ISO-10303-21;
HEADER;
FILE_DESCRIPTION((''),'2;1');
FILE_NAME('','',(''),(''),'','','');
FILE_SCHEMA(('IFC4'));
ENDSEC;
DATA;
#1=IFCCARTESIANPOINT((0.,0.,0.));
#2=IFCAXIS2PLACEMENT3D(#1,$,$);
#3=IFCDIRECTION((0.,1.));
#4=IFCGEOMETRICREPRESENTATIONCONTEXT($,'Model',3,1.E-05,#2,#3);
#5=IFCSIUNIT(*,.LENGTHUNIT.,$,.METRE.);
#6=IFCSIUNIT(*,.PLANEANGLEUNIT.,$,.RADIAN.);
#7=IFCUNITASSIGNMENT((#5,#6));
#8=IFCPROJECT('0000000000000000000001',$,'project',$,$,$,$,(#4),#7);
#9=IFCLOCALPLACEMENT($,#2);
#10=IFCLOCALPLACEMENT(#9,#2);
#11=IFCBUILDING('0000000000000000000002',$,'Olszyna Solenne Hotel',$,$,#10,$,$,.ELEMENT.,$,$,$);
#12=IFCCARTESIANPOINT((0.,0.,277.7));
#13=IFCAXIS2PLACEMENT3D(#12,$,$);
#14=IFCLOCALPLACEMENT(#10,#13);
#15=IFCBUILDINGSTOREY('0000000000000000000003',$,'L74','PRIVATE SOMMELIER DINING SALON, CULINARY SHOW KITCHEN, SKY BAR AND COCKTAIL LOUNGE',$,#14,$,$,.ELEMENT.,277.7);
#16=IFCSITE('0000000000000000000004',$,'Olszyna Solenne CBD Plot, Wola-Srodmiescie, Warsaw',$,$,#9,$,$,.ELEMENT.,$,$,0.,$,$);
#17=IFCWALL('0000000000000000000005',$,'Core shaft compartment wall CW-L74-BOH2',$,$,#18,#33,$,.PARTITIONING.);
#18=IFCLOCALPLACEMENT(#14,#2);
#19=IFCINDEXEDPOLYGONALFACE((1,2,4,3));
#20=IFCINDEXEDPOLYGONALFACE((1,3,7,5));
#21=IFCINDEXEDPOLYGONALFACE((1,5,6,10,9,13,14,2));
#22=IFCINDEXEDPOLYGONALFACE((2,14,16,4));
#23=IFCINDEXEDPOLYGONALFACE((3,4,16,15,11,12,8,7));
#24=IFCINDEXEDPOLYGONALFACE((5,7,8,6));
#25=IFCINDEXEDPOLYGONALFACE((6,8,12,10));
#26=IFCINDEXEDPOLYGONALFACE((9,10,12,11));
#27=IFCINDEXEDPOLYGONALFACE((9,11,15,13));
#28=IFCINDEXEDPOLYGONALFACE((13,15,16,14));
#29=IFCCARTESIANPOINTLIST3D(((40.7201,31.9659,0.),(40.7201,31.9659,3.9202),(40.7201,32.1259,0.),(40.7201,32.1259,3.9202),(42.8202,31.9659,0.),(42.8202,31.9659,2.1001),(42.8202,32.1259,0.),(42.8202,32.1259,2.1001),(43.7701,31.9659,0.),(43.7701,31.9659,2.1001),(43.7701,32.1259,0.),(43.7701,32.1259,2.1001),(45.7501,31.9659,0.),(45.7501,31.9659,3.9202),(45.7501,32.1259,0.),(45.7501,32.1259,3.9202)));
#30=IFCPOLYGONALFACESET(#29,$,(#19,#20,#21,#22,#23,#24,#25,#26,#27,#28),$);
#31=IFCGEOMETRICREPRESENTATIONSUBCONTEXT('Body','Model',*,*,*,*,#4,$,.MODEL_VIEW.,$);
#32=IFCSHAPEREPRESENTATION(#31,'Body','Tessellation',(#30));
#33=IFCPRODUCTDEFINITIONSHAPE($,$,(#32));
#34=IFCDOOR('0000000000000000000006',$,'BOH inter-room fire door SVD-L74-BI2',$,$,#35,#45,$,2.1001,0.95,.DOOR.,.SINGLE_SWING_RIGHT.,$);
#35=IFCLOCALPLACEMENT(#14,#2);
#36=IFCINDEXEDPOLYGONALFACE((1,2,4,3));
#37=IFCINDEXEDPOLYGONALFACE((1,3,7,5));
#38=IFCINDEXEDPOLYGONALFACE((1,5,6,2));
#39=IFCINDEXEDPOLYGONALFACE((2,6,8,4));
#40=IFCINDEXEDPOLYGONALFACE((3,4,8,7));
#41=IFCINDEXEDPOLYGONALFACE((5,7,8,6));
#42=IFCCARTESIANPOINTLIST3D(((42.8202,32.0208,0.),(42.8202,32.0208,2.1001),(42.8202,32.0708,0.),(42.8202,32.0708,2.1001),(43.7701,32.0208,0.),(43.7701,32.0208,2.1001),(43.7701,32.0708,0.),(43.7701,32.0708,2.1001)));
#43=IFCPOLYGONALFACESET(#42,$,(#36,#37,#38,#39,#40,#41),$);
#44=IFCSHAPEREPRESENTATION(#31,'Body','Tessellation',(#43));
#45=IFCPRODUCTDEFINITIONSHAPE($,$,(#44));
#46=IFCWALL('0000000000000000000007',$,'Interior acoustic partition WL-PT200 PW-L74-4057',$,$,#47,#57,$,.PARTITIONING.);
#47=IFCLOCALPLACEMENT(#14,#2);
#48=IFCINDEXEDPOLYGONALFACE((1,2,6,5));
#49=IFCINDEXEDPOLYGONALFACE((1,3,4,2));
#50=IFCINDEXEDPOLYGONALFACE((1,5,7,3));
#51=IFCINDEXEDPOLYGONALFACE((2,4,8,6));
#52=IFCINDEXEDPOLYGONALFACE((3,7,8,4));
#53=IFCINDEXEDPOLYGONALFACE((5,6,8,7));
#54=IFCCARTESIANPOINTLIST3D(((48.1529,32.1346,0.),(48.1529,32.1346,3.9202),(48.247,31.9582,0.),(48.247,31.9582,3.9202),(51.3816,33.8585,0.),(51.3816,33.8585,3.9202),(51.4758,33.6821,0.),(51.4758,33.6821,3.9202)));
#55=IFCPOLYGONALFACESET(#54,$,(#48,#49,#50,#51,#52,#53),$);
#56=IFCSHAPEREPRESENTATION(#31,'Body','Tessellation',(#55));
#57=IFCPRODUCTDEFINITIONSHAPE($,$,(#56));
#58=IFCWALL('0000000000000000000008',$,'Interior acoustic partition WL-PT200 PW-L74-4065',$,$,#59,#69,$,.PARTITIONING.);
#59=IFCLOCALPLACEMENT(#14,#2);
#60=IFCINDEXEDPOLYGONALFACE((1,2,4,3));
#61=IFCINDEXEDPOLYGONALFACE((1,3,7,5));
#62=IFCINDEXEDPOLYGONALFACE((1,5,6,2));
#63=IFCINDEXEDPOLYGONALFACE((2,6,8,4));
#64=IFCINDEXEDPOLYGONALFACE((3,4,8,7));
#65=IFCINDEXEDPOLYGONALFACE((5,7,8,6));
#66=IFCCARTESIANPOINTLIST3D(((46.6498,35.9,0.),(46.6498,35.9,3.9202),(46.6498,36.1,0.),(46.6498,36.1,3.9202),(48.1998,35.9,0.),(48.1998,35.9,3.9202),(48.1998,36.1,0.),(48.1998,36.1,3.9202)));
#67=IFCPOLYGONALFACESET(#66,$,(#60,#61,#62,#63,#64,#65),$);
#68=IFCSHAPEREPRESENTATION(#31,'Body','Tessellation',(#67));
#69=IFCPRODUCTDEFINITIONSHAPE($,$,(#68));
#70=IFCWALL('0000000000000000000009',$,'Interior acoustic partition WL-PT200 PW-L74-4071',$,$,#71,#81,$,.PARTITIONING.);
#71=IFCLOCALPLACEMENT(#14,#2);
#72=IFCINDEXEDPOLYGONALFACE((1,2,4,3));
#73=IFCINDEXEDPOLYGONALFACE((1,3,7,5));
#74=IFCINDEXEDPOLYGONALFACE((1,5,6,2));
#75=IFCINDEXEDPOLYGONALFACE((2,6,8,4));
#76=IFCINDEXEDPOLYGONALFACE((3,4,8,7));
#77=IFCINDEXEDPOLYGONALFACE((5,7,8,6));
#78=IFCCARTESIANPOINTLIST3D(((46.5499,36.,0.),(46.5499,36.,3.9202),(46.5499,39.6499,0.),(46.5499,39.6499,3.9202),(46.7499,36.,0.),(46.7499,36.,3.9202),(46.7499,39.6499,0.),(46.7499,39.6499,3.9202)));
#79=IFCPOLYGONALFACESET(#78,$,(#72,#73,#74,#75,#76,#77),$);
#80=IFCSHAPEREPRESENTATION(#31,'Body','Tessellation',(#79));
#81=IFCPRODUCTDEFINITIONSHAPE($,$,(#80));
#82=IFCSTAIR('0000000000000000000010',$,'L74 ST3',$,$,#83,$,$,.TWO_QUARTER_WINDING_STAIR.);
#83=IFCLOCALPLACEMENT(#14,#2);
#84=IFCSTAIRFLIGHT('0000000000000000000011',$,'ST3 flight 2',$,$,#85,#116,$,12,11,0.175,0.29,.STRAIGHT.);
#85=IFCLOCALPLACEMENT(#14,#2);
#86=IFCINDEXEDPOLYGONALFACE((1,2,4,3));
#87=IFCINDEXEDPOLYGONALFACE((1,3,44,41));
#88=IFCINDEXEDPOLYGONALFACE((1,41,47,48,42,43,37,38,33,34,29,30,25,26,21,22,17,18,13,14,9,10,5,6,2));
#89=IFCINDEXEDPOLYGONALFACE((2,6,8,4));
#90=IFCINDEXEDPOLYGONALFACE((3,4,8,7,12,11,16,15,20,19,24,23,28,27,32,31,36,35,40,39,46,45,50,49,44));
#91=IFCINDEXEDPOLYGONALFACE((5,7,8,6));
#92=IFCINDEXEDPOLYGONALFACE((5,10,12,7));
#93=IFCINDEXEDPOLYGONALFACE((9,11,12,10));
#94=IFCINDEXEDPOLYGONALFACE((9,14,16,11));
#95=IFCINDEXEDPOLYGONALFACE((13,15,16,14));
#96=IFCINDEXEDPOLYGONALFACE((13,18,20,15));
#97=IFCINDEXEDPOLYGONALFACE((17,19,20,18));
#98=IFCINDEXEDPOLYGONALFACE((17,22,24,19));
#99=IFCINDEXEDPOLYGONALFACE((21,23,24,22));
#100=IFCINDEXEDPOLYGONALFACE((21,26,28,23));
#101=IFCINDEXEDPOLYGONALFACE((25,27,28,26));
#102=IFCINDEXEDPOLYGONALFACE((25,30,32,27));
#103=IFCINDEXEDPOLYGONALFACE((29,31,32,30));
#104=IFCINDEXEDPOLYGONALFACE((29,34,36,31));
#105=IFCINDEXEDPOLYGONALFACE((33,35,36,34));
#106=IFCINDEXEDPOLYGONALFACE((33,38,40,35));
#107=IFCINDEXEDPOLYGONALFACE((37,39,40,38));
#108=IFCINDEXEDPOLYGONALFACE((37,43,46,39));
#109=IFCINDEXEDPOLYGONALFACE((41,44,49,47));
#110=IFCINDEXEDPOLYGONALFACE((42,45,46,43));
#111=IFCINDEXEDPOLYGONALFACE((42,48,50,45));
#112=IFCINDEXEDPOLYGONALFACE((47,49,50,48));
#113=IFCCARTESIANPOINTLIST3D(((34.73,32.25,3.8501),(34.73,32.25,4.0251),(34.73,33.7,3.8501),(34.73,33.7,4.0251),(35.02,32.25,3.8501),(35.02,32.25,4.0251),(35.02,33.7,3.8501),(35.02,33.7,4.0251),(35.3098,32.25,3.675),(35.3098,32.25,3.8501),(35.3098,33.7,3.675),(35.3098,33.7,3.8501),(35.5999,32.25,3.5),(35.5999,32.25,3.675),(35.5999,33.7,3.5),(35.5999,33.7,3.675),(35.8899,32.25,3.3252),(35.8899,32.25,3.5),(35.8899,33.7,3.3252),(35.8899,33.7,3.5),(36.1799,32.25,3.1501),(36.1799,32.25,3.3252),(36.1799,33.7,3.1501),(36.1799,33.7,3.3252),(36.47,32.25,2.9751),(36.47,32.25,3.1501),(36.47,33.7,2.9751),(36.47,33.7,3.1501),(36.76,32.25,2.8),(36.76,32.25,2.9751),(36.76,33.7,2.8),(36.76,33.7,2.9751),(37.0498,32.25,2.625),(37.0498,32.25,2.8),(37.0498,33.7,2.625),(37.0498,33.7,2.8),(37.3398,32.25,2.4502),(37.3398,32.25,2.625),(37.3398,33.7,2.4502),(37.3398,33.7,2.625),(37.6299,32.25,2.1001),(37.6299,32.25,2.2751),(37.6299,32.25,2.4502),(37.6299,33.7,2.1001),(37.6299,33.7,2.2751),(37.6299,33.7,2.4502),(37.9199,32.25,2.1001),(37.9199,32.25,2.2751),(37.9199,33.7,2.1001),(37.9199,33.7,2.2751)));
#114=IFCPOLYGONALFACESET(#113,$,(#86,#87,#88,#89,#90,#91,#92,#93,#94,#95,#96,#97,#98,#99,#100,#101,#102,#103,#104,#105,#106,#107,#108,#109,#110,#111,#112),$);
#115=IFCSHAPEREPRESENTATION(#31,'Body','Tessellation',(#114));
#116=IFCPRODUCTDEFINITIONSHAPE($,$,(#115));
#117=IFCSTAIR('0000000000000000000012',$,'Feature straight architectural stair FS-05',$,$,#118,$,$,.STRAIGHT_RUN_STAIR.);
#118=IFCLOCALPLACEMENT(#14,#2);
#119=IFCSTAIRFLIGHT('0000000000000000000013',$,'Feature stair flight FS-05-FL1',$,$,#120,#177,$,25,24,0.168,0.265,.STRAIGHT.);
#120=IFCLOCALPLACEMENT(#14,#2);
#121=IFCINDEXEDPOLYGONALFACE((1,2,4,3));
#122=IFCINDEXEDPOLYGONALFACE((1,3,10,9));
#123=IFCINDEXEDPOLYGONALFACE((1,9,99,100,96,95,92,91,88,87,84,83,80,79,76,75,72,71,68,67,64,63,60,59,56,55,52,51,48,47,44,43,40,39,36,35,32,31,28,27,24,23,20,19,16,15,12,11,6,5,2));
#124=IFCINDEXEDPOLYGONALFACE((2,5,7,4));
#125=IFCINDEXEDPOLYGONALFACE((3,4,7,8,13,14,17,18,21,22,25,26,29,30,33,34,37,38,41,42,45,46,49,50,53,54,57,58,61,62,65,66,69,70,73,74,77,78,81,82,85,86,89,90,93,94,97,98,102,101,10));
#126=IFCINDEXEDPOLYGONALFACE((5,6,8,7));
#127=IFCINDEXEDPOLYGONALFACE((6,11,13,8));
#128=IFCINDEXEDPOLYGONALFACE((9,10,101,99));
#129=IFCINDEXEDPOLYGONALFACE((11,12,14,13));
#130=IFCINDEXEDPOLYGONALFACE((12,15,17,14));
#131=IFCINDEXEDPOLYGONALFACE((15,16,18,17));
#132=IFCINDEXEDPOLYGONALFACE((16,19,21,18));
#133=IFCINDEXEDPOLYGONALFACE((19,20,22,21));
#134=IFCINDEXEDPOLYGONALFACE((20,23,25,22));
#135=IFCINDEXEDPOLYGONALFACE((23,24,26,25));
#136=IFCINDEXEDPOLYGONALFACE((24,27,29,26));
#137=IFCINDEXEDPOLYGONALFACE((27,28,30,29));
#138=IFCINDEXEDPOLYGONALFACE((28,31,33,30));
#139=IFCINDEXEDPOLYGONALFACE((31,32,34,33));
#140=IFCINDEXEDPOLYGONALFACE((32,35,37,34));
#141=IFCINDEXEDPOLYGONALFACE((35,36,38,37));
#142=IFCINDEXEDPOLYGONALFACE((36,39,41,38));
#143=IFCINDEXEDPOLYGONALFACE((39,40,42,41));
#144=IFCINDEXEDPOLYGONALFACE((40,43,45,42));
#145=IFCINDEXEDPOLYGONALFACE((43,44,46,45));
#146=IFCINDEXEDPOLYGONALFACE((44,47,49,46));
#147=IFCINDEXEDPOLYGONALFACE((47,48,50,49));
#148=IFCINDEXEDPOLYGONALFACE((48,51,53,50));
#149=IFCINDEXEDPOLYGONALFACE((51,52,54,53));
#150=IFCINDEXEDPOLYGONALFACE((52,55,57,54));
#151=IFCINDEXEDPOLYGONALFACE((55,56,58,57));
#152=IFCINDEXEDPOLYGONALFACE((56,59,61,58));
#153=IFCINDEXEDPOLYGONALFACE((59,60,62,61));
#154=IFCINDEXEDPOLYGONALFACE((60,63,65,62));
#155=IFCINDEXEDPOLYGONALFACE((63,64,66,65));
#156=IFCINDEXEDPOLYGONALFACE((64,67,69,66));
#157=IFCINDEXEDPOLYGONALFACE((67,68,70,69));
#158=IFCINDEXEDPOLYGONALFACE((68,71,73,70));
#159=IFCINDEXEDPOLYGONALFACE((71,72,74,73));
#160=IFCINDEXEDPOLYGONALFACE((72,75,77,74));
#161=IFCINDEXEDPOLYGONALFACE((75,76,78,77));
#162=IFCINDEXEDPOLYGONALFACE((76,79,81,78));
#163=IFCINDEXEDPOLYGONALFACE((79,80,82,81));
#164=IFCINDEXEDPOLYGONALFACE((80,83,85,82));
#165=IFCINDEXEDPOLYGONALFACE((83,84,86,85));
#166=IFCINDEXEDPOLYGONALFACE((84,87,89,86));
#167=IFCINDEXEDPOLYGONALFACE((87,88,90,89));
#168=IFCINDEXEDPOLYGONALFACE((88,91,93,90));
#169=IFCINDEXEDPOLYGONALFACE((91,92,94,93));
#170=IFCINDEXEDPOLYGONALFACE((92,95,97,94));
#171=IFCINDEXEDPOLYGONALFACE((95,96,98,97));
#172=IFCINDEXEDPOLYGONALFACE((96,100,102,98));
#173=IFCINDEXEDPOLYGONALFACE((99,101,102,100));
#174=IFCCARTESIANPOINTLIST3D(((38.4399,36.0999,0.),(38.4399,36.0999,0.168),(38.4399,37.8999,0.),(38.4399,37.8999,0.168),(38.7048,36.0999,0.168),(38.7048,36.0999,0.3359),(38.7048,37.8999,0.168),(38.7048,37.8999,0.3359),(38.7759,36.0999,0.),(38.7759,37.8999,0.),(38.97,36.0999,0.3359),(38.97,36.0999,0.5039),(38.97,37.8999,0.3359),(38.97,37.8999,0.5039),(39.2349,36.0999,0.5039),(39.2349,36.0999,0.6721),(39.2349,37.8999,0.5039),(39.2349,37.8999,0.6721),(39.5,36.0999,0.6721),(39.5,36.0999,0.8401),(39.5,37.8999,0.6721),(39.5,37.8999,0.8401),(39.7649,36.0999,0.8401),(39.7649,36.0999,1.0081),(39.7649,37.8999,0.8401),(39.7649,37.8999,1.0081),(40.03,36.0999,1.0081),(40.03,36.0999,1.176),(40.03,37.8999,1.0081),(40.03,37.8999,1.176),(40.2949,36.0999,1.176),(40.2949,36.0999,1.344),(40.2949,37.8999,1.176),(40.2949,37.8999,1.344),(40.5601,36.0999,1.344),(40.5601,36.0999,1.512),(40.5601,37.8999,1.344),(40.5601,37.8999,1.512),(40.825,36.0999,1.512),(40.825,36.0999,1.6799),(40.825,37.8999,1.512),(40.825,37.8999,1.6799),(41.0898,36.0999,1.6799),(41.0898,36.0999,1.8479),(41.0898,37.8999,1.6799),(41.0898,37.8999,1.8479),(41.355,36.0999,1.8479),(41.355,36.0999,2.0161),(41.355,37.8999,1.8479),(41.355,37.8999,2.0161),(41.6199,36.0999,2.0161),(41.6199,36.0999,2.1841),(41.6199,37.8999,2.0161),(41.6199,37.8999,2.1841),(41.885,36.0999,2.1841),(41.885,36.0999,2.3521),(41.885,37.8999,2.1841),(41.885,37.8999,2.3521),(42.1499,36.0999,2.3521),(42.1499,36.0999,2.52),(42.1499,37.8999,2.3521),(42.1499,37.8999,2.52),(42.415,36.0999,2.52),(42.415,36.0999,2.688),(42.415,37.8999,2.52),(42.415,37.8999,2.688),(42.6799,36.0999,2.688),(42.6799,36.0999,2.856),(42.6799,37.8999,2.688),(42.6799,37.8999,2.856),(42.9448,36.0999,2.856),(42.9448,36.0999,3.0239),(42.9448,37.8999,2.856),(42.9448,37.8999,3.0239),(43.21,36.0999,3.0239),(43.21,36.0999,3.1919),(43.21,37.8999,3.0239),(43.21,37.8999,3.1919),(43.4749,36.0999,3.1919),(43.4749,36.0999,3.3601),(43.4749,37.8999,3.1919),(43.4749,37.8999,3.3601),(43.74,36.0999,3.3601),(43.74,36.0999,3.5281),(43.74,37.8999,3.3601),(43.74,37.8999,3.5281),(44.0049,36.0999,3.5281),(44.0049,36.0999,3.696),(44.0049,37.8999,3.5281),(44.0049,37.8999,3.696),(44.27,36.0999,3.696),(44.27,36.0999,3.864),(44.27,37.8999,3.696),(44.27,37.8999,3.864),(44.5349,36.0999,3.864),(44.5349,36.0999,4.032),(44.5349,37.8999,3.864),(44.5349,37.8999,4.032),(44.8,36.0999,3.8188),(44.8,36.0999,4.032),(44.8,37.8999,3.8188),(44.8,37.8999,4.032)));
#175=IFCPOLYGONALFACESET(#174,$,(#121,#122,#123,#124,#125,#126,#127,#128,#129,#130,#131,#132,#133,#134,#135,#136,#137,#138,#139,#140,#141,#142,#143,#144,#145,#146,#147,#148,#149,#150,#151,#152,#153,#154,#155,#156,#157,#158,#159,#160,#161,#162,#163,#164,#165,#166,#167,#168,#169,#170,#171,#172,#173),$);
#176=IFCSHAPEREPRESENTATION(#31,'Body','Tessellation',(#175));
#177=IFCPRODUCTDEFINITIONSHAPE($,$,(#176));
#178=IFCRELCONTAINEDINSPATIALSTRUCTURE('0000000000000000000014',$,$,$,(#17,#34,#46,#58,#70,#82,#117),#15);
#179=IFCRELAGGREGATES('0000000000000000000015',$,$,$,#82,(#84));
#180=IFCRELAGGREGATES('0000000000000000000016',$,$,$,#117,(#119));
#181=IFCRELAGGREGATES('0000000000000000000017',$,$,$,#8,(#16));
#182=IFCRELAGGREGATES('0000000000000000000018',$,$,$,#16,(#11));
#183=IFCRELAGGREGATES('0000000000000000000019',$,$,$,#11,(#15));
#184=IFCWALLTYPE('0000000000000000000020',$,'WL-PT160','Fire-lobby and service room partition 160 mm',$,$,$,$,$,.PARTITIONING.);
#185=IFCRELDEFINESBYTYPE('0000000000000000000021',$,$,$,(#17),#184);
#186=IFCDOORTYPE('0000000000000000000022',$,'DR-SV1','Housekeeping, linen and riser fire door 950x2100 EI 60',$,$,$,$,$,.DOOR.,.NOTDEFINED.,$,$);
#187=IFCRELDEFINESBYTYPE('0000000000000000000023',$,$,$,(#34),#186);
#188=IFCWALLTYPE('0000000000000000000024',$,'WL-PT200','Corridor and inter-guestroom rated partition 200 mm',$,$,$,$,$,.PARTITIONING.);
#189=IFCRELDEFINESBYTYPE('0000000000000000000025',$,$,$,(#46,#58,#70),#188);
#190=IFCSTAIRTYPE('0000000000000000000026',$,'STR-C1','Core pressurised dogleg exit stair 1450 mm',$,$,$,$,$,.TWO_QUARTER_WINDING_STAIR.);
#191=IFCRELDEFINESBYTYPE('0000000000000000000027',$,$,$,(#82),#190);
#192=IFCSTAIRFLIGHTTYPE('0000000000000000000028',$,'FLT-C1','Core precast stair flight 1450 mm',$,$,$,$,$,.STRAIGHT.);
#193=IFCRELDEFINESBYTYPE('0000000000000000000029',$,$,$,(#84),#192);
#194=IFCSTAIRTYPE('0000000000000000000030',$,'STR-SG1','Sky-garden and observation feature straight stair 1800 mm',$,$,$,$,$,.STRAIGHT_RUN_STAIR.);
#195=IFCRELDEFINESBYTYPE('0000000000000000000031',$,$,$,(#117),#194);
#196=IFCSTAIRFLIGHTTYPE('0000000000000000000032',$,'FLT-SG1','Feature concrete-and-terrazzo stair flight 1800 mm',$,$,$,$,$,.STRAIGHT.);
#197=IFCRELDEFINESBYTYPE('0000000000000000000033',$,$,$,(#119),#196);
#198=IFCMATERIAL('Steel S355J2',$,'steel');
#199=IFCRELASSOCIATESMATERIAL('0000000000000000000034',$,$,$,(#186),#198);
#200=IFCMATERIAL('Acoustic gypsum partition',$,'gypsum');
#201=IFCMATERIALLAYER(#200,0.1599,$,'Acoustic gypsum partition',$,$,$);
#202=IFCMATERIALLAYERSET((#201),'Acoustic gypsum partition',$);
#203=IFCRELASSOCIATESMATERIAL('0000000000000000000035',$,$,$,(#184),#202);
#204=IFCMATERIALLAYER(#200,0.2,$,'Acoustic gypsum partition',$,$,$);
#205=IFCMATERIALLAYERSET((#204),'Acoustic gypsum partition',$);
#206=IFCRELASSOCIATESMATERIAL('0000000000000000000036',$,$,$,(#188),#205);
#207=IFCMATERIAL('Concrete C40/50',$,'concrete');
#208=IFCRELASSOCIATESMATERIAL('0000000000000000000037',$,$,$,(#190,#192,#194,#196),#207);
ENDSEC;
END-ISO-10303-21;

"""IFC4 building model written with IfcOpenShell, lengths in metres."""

from ifc_helpers import new_model, si_unit, direction, frame, frame_2d, origin, place, context, subcontext, project, spatial, polyline, rectangle, outline, extrude, source, transform, mapped, material, layer, layer_set, type_object, type_shapes, element, fill, aggregate, save


model = new_model("IFC4")

# Units and contexts
model_context = context("Model", 3, precision=1e-05, world=origin(), true_north=direction((0.0, 1.0)))
body_context = subcontext(model_context, "Body", "Model", "MODEL_VIEW")
ifc_project = project(units=[si_unit("LENGTHUNIT", "METRE"), si_unit("PLANEANGLEUNIT", "RADIAN")], contexts=[model_context])

# Site, building, storey
site_placement = place(None, origin())
site = spatial("IfcSite", under=ifc_project, at=site_placement, Name="Olszyna Solenne CBD Plot, Wola-Srodmiescie, Warsaw", CompositionType="ELEMENT", RefElevation=0.0)
building_placement = place(site_placement, origin())
building = spatial("IfcBuilding", under=site, at=building_placement, Name="Olszyna Solenne Hotel", CompositionType="ELEMENT")
storey_placement = place(building_placement, frame((0.0, 0.0, 277.7)))
storey = spatial("IfcBuildingStorey", under=building, at=storey_placement, Name="L74", Description="PRIVATE SOMMELIER DINING SALON, CULINARY SHOW KITCHEN, SKY BAR AND COCKTAIL LOUNGE", CompositionType="ELEMENT", Elevation=277.7)

# Shared definitions
ifc_material_1 = material(Name="Steel S355J2", Category="steel")

# Shared definitions
door_type_1 = type_object("IfcDoorType", Name="DR-SV1", Description="Housekeeping, linen and riser fire door 950x2100 EI 60", OperationType="NOTDEFINED", PredefinedType="DOOR", material=ifc_material_1)
shared_shape_1 = source(origin(), body_context, "Body", "SweptSolid", [
    extrude(rectangle(XDim=0.95, YDim=2.1001, at=frame_2d((0.4751, 1.05))), frame((0.0, 0.0249, 0.0), z_axis=(0.0, -1.0, 0.0), x_axis=(1.0, 0.0, 0.0)), (0.0, 0.0, 1.0), 0.05),
])
type_shapes(door_type_1, [shared_shape_1])

# Shared definitions
ifc_material_2 = material(Name="Acoustic gypsum partition", Category="gypsum")
ifc_layer_1 = layer(ifc_material_2, 0.1599, Name="Acoustic gypsum partition")
ifc_layer_set_1 = layer_set([ifc_layer_1], Name="Acoustic gypsum partition")
wall_type_1 = type_object("IfcWallType", Name="WL-PT160", Description="Fire-lobby and service room partition 160 mm", PredefinedType="PARTITIONING", material=ifc_layer_set_1)

# Wall, opening, door
wall_1_placement = place(storey_placement, frame((40.72, 32.0459, 0.0), z_axis=(0.0, 0.0, 1.0), x_axis=(1.0, 0.0, 0.0)))
wall_1 = element("IfcWall", 1, at=wall_1_placement, inside=storey, type_object=wall_type_1, Name="Core shaft compartment wall CW-L74-BOH2", PredefinedType="PARTITIONING", context=body_context, shape_type="SweptSolid", body=[
    extrude(rectangle(XDim=5.03, YDim=0.1599, at=frame_2d((2.5151, 0.0))), origin(), (0.0, 0.0, 1.0), 3.9202),
])
opening_1_placement = place(wall_1_placement, frame((2.1001, 0.0, 0.0)))
opening_1 = element("IfcOpeningElement", 2, at=opening_1_placement, cuts=wall_1, PredefinedType="OPENING", context=body_context, shape_type="SweptSolid", body=[
    extrude(rectangle(XDim=0.95, YDim=2.1001, at=frame_2d((0.4751, 1.05))), frame((0.0, 0.0898, 0.0), z_axis=(0.0, -1.0, 0.0), x_axis=(1.0, 0.0, 0.0)), (0.0, 0.0, 1.0), 0.1799),
])
door_1_placement = place(opening_1_placement, origin())
door_1 = element("IfcDoor", 3, at=door_1_placement, inside=storey, type_object=door_type_1, Name="BOH inter-room fire door SVD-L74-BI2", OperationType="SINGLE_SWING_RIGHT", OverallHeight=2.1001, OverallWidth=0.95, PredefinedType="DOOR", context=body_context, shape_type="MappedRepresentation", body=[
    mapped(shared_shape_1, transform((0.0, 0.0, 0.0), x_axis=(1.0, 0.0, 0.0), y_axis=(0.0, 1.0, 0.0), z_axis=(0.0, 0.0, 1.0), scale=1.0)),
])
fill(opening_1, door_1)

# Walls
ifc_layer_2 = layer(ifc_material_2, 0.2, Name="Acoustic gypsum partition")
ifc_layer_set_2 = layer_set([ifc_layer_2], Name="Acoustic gypsum partition")
wall_type_2 = type_object("IfcWallType", Name="WL-PT200", Description="Corridor and inter-guestroom rated partition 200 mm", PredefinedType="PARTITIONING", material=ifc_layer_set_2)
wall_2_placement = place(storey_placement, frame((48.2, 32.0464, 0.0), z_axis=(0.0, 0.0, 1.0), x_axis=(0.882141, 0.470986, 0.0)))
element("IfcWall", 4, at=wall_2_placement, inside=storey, type_object=wall_type_2, Name="Interior acoustic partition WL-PT200 PW-L74-4057", PredefinedType="PARTITIONING", context=body_context, shape_type="SweptSolid", body=[
    extrude(rectangle(XDim=3.6602, YDim=0.2, at=frame_2d((1.8301, 0.0))), origin(), (0.0, 0.0, 1.0), 3.9202),
])
wall_3_placement = place(storey_placement, frame((46.6499, 36.0, 0.0), z_axis=(0.0, 0.0, 1.0), x_axis=(1.0, 0.0, 0.0)))
element("IfcWall", 5, at=wall_3_placement, inside=storey, type_object=wall_type_2, Name="Interior acoustic partition WL-PT200 PW-L74-4065", PredefinedType="PARTITIONING", context=body_context, shape_type="SweptSolid", body=[
    extrude(rectangle(XDim=1.55, YDim=0.2, at=frame_2d((0.7749, 0.0))), origin(), (0.0, 0.0, 1.0), 3.9202),
])
wall_4_placement = place(storey_placement, frame((46.6499, 36.0, 0.0), z_axis=(0.0, 0.0, 1.0), x_axis=(0.0, 1.0, 0.0)))
element("IfcWall", 6, at=wall_4_placement, inside=storey, type_object=wall_type_2, Name="Interior acoustic partition WL-PT200 PW-L74-4071", PredefinedType="PARTITIONING", context=body_context, shape_type="SweptSolid", body=[
    extrude(rectangle(XDim=3.6499, YDim=0.2, at=frame_2d((1.825, 0.0))), origin(), (0.0, 0.0, 1.0), 3.9202),
])

# Stairs, stair flights
ifc_material_3 = material(Name="Concrete C40/50", Category="concrete")
stair_type_1 = type_object("IfcStairType", Name="STR-C1", Description="Core pressurised dogleg exit stair 1450 mm", PredefinedType="TWO_QUARTER_WINDING_STAIR", material=ifc_material_3)
stair_1_placement = place(storey_placement, origin())
stair_1 = element("IfcStair", 7, at=stair_1_placement, inside=storey, type_object=stair_type_1, Name="L74 ST3", PredefinedType="TWO_QUARTER_WINDING_STAIR")
stair_flight_type_1 = type_object("IfcStairFlightType", Name="FLT-C1", Description="Core precast stair flight 1450 mm", PredefinedType="STRAIGHT", material=ifc_material_3)
stair_flight_1_placement = place(storey_placement, frame((37.9199, 32.9751, 2.1001), z_axis=(0.0, 0.0, 1.0), x_axis=(-1.0, 0.0, 0.0)))
stair_flight_1 = element("IfcStairFlight", 8, at=stair_flight_1_placement, type_object=stair_flight_type_1, Name="ST3 flight 2", NumberOfRisers=12, NumberOfTreads=11, PredefinedType="STRAIGHT", RiserHeight=0.175, TreadLength=0.29, context=body_context, shape_type="SweptSolid", body=[
    extrude(outline(polyline([(0.0, 0.0), (0.0, 0.175), (0.29, 0.175), (0.29, 0.3501), (0.5801, 0.3501), (0.5801, 0.5249), (0.8701, 0.5249), (0.8701, 0.7), (1.1599, 0.7), (1.1599, 0.875), (1.45, 0.875), (1.45, 1.05), (1.74, 1.05), (1.74, 1.2251), (2.03, 1.2251), (2.03, 1.3999), (2.3201, 1.3999), (2.3201, 1.575), (2.6101, 1.575), (2.6101, 1.75), (2.8999, 1.75), (2.8999, 1.925), (3.1899, 1.925), (3.1899, 2.1001), (3.1899, 1.75), (0.29, 0.0), (0.0, 0.0)])), frame((0.0, 0.7251, 0.0), z_axis=(0.0, -1.0, 0.0), x_axis=(1.0, 0.0, 0.0)), (0.0, 0.0, 1.0), 1.45),
])
aggregate(stair_1, [stair_flight_1])
stair_type_2 = type_object("IfcStairType", Name="STR-SG1", Description="Sky-garden and observation feature straight stair 1800 mm", PredefinedType="STRAIGHT_RUN_STAIR", material=ifc_material_3)
stair_2_placement = place(storey_placement, origin())
stair_2 = element("IfcStair", 9, at=stair_2_placement, inside=storey, type_object=stair_type_2, Name="Feature straight architectural stair FS-05", PredefinedType="STRAIGHT_RUN_STAIR")
stair_flight_type_2 = type_object("IfcStairFlightType", Name="FLT-SG1", Description="Feature concrete-and-terrazzo stair flight 1800 mm", PredefinedType="STRAIGHT", material=ifc_material_3)
stair_flight_2_placement = place(storey_placement, frame((38.4399, 37.0, 0.0), z_axis=(0.0, 0.0, 1.0), x_axis=(1.0, 0.0, 0.0)))
stair_flight_2 = element("IfcStairFlight", 10, at=stair_flight_2_placement, type_object=stair_flight_type_2, Name="Feature stair flight FS-05-FL1", NumberOfRisers=25, NumberOfTreads=24, PredefinedType="STRAIGHT", RiserHeight=0.168, TreadLength=0.265, context=body_context, shape_type="SweptSolid", body=[
    extrude(outline(polyline([(0.0, 0.0), (0.0, 0.168), (0.2649, 0.168), (0.2649, 0.3359), (0.53, 0.3359), (0.53, 0.5039), (0.7949, 0.5039), (0.7949, 0.6721), (1.0601, 0.6721), (1.0601, 0.8401), (1.325, 0.8401), (1.325, 1.0081), (1.5901, 1.0081), (1.5901, 1.176), (1.855, 1.176), (1.855, 1.344), (2.1201, 1.344), (2.1201, 1.512), (2.385, 1.512), (2.385, 1.6799), (2.6499, 1.6799), (2.6499, 1.8479), (2.915, 1.8479), (2.915, 2.0161), (3.1799, 2.0161), (3.1799, 2.1841), (3.4451, 2.1841), (3.4451, 2.3521), (3.71, 2.3521), (3.71, 2.52), (3.9751, 2.52), (3.9751, 2.688), (4.24, 2.688), (4.24, 2.856), (4.5049, 2.856), (4.5049, 3.0239), (4.77, 3.0239), (4.77, 3.1919), (5.0349, 3.1919), (5.0349, 3.3601), (5.3, 3.3601), (5.3, 3.5281), (5.5649, 3.5281), (5.5649, 3.696), (5.8301, 3.696), (5.8301, 3.864), (6.095, 3.864), (6.095, 4.032), (6.3601, 4.032), (6.3601, 4.2), (6.3601, 3.8188), (0.3359, 0.0), (0.0, 0.0)])), frame((0.0, 0.8999, 0.0), z_axis=(0.0, -1.0, 0.0), x_axis=(1.0, 0.0, 0.0)), (0.0, 0.0, 1.0), 1.8),
])
aggregate(stair_2, [stair_flight_2])

save(model, "model.ifc")
